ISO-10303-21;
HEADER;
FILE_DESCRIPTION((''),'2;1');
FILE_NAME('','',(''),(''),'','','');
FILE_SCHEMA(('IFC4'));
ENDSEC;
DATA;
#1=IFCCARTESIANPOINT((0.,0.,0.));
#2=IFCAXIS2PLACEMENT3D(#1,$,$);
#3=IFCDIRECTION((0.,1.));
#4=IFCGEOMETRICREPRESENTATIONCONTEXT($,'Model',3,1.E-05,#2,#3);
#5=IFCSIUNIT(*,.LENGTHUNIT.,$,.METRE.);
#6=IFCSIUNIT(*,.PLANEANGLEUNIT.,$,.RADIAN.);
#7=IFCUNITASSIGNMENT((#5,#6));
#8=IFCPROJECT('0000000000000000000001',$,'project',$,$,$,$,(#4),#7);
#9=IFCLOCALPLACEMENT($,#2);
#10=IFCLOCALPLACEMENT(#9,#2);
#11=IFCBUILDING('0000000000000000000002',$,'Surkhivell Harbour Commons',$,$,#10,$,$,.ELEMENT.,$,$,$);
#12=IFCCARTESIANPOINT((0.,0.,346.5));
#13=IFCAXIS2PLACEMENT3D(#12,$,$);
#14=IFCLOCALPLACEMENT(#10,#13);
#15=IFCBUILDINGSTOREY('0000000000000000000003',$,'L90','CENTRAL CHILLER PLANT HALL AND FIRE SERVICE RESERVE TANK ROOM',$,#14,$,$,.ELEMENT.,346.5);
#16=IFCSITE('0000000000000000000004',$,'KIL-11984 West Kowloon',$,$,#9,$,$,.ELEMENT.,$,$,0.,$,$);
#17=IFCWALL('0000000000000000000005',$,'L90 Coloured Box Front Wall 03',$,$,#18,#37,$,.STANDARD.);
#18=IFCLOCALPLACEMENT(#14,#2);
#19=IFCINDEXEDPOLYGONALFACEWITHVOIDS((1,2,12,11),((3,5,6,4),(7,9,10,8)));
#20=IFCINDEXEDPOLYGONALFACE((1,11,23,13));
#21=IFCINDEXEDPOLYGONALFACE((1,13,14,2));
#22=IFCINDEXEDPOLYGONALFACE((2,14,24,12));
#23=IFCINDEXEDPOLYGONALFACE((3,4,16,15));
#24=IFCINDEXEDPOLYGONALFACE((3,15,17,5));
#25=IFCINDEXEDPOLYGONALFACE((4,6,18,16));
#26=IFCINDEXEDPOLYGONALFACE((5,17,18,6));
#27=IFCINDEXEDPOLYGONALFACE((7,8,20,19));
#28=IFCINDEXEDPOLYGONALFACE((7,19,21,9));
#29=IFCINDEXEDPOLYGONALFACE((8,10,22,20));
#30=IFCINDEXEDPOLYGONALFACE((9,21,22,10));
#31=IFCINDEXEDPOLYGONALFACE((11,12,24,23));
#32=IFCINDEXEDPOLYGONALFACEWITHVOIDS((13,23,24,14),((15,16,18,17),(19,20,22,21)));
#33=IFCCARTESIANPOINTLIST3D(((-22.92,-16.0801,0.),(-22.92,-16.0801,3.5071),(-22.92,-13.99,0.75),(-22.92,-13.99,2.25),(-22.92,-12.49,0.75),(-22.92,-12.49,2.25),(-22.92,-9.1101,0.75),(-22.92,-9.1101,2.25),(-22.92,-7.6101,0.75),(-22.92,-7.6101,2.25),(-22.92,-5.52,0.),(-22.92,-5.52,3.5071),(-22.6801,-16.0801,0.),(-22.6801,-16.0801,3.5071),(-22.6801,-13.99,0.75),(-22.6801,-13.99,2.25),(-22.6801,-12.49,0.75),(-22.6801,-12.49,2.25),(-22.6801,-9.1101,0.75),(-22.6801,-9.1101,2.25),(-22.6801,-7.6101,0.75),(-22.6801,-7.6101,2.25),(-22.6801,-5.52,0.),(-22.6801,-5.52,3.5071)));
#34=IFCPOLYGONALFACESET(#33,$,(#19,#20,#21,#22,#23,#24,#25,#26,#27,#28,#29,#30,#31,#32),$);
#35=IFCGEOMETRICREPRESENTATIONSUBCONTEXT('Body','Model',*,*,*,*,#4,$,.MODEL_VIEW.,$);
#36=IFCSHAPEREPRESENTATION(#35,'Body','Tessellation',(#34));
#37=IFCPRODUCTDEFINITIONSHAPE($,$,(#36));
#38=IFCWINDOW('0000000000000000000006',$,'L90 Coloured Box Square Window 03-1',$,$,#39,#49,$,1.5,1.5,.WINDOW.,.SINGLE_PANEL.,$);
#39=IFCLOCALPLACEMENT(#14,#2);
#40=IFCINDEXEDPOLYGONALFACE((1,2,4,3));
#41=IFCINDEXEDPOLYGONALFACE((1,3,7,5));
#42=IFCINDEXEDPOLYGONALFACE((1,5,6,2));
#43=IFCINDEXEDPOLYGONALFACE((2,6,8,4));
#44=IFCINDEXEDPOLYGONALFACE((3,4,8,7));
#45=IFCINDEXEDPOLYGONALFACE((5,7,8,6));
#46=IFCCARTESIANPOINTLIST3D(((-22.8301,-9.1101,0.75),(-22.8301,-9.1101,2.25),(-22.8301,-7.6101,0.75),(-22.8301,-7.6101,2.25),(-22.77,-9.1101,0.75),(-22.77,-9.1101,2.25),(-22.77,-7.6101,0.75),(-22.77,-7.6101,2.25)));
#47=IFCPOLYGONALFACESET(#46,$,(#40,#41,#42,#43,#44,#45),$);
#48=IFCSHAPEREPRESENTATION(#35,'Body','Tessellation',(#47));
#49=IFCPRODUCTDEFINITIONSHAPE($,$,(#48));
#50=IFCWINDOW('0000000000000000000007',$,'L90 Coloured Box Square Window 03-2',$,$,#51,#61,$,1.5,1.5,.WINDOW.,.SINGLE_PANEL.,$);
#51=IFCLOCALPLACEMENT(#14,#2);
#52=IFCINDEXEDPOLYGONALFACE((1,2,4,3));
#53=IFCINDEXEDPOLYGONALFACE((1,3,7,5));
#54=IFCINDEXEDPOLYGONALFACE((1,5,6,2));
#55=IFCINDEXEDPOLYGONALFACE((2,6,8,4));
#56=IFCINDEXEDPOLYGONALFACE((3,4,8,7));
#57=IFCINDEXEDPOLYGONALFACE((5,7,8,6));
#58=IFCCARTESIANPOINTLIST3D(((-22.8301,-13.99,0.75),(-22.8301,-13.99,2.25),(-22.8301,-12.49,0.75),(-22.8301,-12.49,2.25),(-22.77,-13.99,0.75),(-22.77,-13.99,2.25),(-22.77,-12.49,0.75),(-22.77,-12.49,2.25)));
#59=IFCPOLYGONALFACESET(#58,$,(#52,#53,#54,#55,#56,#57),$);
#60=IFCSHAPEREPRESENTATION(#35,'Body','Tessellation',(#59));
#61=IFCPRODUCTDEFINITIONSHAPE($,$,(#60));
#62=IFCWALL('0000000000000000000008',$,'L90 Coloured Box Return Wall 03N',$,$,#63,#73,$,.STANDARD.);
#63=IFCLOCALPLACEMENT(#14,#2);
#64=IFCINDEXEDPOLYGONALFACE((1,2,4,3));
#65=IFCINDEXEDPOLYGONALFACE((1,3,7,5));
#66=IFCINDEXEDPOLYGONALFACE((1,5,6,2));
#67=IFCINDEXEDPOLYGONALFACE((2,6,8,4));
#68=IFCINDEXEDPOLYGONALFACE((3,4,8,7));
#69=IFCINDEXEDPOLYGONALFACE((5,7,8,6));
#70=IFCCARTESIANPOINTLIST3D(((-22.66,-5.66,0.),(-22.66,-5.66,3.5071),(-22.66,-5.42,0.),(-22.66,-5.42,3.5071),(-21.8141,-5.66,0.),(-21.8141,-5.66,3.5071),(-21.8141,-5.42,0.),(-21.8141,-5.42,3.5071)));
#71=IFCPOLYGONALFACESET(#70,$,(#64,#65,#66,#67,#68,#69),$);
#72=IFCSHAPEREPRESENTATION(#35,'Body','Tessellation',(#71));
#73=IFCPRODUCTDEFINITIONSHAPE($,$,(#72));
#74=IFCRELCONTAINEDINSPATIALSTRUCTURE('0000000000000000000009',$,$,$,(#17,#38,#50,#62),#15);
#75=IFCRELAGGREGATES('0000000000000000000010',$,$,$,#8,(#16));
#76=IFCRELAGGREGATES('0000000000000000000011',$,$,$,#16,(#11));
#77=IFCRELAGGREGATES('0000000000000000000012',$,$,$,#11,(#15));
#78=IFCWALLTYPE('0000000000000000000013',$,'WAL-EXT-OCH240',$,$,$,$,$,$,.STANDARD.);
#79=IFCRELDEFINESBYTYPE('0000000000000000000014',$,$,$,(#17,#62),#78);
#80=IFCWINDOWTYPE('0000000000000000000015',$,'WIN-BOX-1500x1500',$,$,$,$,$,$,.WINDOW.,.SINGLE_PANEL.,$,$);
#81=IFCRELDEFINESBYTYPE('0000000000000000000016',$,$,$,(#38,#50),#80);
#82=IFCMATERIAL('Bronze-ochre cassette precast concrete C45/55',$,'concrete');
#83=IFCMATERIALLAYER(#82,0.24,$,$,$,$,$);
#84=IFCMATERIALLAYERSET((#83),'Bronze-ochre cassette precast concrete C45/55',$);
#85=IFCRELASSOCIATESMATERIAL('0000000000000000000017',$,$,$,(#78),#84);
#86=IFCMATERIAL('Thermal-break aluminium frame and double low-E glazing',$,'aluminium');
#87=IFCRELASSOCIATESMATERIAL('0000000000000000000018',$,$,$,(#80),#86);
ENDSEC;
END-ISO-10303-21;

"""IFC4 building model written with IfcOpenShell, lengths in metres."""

from ifc_helpers import new_model, si_unit, direction, frame, frame_2d, origin, place, context, subcontext, project, spatial, rectangle, extrude, material, layer, layer_set, type_object, element, fill, save


model = new_model("IFC4")

# Units and contexts
model_context = context("Model", 3, precision=1e-05, world=origin(), true_north=direction((0.0, 1.0)))
body_context = subcontext(model_context, "Body", "Model", "MODEL_VIEW")
ifc_project = project(units=[si_unit("LENGTHUNIT", "METRE"), si_unit("PLANEANGLEUNIT", "RADIAN")], contexts=[model_context])

# Site, building, storey
site_placement = place(None, origin())
site = spatial("IfcSite", under=ifc_project, at=site_placement, Name="KIL-11984 West Kowloon", CompositionType="ELEMENT", RefElevation=0.0)
building_placement = place(site_placement, origin())
building = spatial("IfcBuilding", under=site, at=building_placement, Name="Surkhivell Harbour Commons", CompositionType="ELEMENT")
storey_placement = place(building_placement, frame((0.0, 0.0, 346.5)))
storey = spatial("IfcBuildingStorey", under=building, at=storey_placement, Name="L90", Description="CENTRAL CHILLER PLANT HALL AND FIRE SERVICE RESERVE TANK ROOM", CompositionType="ELEMENT", Elevation=346.5)

# Wall, openings, windows
ifc_material_1 = material(Name="Bronze-ochre cassette precast concrete C45/55", Category="concrete")
ifc_layer_1 = layer(ifc_material_1, 0.24)
ifc_layer_set_1 = layer_set([ifc_layer_1], Name="Bronze-ochre cassette precast concrete C45/55")
wall_type = type_object("IfcWallType", Name="WAL-EXT-OCH240", PredefinedType="STANDARD", material=ifc_layer_set_1)
wall_1_placement = place(storey_placement, frame((-22.8, -5.52, 0.0), z_axis=(0.0, 0.0, 1.0), x_axis=(0.0, -1.0, 0.0)))
wall_1 = element("IfcWall", 1, at=wall_1_placement, inside=storey, type_object=wall_type, Name="L90 Coloured Box Front Wall 03", PredefinedType="STANDARD", context=body_context, shape_type="SweptSolid", body=[
    extrude(rectangle(XDim=10.5601, YDim=0.24, at=frame_2d((5.28, 0.0))), origin(), (0.0, 0.0, 1.0), 3.5071),
])
opening_1_placement = place(wall_1_placement, frame((2.0901, 0.0, 0.75)))
opening_1 = element("IfcOpeningElement", 2, at=opening_1_placement, cuts=wall_1, PredefinedType="OPENING", context=body_context, shape_type="SweptSolid", body=[
    extrude(rectangle(XDim=1.5, YDim=1.5, at=frame_2d((0.75, 0.75))), frame((0.0, 0.1299, 0.0), z_axis=(0.0, -1.0, 0.0), x_axis=(1.0, 0.0, 0.0)), (0.0, 0.0, 1.0), 0.26),
])
opening_2_placement = place(wall_1_placement, frame((6.97, 0.0, 0.75)))
opening_2 = element("IfcOpeningElement", 3, at=opening_2_placement, cuts=wall_1, PredefinedType="OPENING", context=body_context, shape_type="SweptSolid", body=[
    extrude(rectangle(XDim=1.5, YDim=1.5, at=frame_2d((0.75, 0.75))), frame((0.0, 0.1299, 0.0), z_axis=(0.0, -1.0, 0.0), x_axis=(1.0, 0.0, 0.0)), (0.0, 0.0, 1.0), 0.26),
])
ifc_material_2 = material(Name="Thermal-break aluminium frame and double low-E glazing", Category="aluminium")
window_type = type_object("IfcWindowType", Name="WIN-BOX-1500x1500", PartitioningType="SINGLE_PANEL", PredefinedType="WINDOW", material=ifc_material_2)
window_1_placement = place(opening_1_placement, origin())
window_1 = element("IfcWindow", 4, at=window_1_placement, inside=storey, type_object=window_type, Name="L90 Coloured Box Square Window 03-1", OverallHeight=1.5, OverallWidth=1.5, PartitioningType="SINGLE_PANEL", PredefinedType="WINDOW", context=body_context, shape_type="SweptSolid", body=[
    extrude(rectangle(XDim=1.5, YDim=1.5, at=frame_2d((0.75, 0.75))), frame((0.0, 0.03, 0.0), z_axis=(0.0, -1.0, 0.0), x_axis=(1.0, 0.0, 0.0)), (0.0, 0.0, 1.0), 0.0601),
])
fill(opening_1, window_1)
window_2_placement = place(opening_2_placement, origin())
window_2 = element("IfcWindow", 5, at=window_2_placement, inside=storey, type_object=window_type, Name="L90 Coloured Box Square Window 03-2", OverallHeight=1.5, OverallWidth=1.5, PartitioningType="SINGLE_PANEL", PredefinedType="WINDOW", context=body_context, shape_type="SweptSolid", body=[
    extrude(rectangle(XDim=1.5, YDim=1.5, at=frame_2d((0.75, 0.75))), frame((0.0, 0.03, 0.0), z_axis=(0.0, -1.0, 0.0), x_axis=(1.0, 0.0, 0.0)), (0.0, 0.0, 1.0), 0.0601),
])
fill(opening_2, window_2)

# Wall
wall_2_placement = place(storey_placement, frame((-22.6599, -5.54, 0.0), z_axis=(0.0, 0.0, 1.0), x_axis=(1.0, 0.0, 0.0)))
element("IfcWall", 6, at=wall_2_placement, inside=storey, type_object=wall_type, Name="L90 Coloured Box Return Wall 03N", PredefinedType="STANDARD", context=body_context, shape_type="SweptSolid", body=[
    extrude(rectangle(XDim=0.8459, YDim=0.24, at=frame_2d((0.4229, 0.0))), origin(), (0.0, 0.0, 1.0), 3.5071),
])

save(model, "model.ifc")
